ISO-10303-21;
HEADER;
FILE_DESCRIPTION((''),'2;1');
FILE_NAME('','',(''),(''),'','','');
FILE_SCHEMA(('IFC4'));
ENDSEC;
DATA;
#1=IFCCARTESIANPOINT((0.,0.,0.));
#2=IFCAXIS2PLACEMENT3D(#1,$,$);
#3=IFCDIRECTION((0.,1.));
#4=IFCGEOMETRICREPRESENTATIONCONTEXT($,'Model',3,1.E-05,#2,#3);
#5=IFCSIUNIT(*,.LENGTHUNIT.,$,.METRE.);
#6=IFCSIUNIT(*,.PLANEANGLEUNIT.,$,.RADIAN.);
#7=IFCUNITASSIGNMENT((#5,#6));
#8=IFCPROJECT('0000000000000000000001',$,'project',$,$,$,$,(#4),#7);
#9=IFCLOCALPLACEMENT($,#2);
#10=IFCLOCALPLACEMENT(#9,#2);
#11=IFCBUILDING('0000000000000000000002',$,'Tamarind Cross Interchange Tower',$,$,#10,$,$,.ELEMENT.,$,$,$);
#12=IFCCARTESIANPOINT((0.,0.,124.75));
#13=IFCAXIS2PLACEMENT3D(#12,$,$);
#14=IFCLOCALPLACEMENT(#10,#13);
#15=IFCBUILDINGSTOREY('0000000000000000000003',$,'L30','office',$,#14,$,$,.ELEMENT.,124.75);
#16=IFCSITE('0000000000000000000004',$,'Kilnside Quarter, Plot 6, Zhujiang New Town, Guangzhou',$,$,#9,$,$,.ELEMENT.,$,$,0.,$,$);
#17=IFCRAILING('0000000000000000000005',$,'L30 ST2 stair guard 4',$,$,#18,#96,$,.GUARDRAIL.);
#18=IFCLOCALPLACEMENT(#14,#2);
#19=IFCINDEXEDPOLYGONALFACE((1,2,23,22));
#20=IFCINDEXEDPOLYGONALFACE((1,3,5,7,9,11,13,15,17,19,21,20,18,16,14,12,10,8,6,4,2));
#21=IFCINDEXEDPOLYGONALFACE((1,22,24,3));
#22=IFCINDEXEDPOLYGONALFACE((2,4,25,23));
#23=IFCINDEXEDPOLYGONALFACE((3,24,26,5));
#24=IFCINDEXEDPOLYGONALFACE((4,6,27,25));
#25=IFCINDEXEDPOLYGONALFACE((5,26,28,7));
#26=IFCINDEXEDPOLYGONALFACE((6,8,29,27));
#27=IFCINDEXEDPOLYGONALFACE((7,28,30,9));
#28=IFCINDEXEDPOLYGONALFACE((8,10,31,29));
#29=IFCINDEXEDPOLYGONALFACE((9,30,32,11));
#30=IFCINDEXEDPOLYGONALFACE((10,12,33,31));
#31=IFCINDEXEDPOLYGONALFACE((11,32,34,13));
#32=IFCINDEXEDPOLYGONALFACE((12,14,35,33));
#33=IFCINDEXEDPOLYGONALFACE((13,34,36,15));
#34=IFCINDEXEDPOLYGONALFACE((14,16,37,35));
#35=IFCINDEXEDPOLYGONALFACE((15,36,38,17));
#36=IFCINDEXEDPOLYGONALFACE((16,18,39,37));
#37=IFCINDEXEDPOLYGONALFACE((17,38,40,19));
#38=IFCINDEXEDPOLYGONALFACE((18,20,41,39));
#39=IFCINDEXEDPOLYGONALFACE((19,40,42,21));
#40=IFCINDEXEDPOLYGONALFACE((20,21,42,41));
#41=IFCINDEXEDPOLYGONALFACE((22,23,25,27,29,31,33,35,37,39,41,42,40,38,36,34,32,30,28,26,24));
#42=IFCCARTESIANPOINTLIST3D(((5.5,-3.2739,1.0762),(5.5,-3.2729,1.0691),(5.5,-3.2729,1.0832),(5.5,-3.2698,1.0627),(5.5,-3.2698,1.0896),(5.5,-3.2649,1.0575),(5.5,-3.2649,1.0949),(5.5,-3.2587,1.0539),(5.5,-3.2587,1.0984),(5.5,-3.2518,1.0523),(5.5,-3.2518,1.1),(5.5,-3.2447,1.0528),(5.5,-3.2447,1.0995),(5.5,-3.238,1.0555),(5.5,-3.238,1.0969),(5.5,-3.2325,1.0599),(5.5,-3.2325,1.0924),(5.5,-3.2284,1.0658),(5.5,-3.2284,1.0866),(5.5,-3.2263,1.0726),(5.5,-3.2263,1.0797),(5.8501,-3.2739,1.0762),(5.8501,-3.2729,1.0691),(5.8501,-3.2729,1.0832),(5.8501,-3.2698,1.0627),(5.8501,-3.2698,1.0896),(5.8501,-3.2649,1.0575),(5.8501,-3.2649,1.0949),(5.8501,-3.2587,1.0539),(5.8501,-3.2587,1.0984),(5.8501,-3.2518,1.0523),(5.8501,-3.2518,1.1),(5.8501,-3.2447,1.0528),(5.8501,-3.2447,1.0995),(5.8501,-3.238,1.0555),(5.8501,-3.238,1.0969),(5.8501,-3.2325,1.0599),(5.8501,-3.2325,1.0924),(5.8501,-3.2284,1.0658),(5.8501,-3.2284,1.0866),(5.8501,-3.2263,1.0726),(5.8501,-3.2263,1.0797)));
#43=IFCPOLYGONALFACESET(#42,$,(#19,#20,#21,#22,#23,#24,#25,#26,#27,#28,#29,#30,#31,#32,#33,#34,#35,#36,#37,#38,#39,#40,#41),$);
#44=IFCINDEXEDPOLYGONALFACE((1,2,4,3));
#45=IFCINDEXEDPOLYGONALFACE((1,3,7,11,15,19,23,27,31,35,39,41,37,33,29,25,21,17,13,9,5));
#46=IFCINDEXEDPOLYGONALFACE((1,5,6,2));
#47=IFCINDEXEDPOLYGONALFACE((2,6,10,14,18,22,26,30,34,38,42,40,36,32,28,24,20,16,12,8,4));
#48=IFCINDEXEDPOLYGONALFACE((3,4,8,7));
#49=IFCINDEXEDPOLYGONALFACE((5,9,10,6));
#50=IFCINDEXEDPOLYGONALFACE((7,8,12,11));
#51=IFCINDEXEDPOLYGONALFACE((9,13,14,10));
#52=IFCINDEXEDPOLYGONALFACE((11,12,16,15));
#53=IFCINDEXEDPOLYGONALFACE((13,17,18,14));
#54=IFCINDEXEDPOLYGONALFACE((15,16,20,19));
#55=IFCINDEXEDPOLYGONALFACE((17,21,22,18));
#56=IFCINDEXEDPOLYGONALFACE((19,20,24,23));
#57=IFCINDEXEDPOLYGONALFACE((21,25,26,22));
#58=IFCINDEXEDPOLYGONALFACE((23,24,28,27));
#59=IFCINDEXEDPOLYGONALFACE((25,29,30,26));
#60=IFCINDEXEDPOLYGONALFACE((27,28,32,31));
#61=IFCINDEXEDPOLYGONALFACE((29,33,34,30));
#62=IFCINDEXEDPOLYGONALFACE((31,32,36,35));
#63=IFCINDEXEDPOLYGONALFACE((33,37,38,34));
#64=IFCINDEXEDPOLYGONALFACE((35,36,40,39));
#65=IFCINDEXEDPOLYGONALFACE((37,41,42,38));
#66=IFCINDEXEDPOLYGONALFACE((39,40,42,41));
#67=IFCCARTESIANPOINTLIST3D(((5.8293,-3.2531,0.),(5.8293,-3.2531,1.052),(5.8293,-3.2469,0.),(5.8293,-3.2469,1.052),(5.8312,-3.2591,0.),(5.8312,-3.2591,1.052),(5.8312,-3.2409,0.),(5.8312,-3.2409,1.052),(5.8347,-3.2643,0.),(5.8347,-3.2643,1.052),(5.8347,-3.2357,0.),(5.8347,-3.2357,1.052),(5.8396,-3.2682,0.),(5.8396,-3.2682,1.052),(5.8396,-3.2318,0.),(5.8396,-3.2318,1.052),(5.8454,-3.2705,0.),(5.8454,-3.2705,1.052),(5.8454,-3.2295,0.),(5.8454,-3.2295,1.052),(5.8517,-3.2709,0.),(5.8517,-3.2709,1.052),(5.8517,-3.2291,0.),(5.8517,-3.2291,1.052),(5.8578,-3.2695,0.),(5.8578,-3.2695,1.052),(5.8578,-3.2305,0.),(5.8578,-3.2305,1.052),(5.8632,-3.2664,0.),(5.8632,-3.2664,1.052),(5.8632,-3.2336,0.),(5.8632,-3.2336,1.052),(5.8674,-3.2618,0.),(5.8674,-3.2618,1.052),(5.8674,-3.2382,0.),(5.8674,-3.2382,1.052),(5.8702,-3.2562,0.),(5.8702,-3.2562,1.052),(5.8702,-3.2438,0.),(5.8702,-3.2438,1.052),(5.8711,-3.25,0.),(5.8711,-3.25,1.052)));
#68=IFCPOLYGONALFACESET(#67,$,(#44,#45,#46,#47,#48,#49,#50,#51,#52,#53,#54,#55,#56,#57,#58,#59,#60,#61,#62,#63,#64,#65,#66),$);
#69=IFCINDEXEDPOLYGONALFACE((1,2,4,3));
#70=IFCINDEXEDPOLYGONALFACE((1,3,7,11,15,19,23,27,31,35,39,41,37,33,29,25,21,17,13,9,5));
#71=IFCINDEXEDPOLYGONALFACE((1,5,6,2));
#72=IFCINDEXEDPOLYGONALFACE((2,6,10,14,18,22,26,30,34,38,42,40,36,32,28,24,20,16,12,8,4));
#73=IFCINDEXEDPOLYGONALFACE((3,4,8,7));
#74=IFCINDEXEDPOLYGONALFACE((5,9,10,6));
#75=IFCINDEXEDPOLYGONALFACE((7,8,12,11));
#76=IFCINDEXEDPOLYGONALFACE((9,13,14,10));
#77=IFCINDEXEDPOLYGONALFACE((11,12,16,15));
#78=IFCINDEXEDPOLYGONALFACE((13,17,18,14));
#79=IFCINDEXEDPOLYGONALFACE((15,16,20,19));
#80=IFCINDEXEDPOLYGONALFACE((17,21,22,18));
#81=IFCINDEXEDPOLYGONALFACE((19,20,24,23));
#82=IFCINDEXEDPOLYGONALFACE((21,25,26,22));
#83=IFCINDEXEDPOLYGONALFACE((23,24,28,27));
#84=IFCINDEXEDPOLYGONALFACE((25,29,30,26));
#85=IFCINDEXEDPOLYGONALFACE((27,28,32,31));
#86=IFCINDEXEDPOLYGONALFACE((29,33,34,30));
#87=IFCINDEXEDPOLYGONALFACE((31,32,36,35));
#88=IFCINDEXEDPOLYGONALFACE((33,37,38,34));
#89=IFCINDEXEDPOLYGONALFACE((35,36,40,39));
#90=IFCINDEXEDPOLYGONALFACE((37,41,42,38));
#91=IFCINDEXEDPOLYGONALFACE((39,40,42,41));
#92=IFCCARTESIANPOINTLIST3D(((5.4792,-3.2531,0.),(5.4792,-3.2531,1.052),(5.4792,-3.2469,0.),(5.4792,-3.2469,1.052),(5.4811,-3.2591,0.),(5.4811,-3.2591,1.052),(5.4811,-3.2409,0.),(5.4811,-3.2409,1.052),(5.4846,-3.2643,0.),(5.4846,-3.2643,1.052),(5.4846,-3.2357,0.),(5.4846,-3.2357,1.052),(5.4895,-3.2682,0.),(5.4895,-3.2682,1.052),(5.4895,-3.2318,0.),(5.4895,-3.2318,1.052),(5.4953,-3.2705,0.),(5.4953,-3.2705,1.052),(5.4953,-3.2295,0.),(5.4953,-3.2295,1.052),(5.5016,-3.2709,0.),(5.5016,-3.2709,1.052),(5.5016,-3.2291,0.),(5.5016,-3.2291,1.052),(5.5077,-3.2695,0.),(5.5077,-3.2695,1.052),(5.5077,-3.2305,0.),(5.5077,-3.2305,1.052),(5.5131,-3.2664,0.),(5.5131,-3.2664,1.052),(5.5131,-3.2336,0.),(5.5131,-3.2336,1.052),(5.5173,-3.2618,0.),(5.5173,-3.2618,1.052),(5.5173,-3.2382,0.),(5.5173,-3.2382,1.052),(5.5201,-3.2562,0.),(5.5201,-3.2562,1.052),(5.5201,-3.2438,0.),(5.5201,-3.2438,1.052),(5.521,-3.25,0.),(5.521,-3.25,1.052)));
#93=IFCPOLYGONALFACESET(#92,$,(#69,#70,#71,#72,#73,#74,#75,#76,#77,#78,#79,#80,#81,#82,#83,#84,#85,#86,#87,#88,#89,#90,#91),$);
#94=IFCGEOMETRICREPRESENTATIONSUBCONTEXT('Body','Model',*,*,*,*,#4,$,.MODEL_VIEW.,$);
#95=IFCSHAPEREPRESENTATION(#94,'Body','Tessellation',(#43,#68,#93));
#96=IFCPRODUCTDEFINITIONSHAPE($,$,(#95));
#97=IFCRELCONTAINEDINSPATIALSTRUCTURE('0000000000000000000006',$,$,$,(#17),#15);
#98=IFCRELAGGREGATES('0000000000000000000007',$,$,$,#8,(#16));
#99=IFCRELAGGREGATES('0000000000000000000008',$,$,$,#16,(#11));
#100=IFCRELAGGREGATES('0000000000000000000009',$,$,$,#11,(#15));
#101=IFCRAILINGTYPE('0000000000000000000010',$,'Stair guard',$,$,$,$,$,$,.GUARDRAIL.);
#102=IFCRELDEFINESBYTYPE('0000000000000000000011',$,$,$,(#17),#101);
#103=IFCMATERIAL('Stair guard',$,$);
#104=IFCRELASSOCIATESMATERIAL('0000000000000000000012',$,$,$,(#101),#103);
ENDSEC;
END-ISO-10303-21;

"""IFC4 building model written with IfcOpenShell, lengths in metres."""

from ifc_helpers import new_model, si_unit, direction, frame, origin, origin_2d, place, context, subcontext, project, spatial, circle, extrude, material, type_object, element, save


model = new_model("IFC4")

# Units and contexts
model_context = context("Model", 3, precision=1e-05, world=origin(), true_north=direction((0.0, 1.0)))
body_context = subcontext(model_context, "Body", "Model", "MODEL_VIEW")
ifc_project = project(units=[si_unit("LENGTHUNIT", "METRE"), si_unit("PLANEANGLEUNIT", "RADIAN")], contexts=[model_context])

# Site, building, storey
site_placement = place(None, origin())
site = spatial("IfcSite", under=ifc_project, at=site_placement, Name="Kilnside Quarter, Plot 6, Zhujiang New Town, Guangzhou", CompositionType="ELEMENT", RefElevation=0.0)
building_placement = place(site_placement, origin())
building = spatial("IfcBuilding", under=site, at=building_placement, Name="Tamarind Cross Interchange Tower", CompositionType="ELEMENT")
storey_placement = place(building_placement, frame((0.0, 0.0, 124.75)))
storey = spatial("IfcBuildingStorey", under=building, at=storey_placement, Name="L30", Description="office", CompositionType="ELEMENT", Elevation=124.75)

# Railing
ifc_material_1 = material(Name="Stair guard")
railing_type_1 = type_object("IfcRailingType", Name="Stair guard", PredefinedType="GUARDRAIL", material=ifc_material_1)
railing_1_placement = place(storey_placement, frame((5.8501, -3.25, 0.0)))
element("IfcRailing", 1, at=railing_1_placement, inside=storey, type_object=railing_type_1, Name="L30 ST2 stair guard 4", PredefinedType="GUARDRAIL", context=body_context, shape_type="SweptSolid", body=[
    extrude(circle(Radius=0.0239, at=origin_2d()), frame((0.0, 0.0, 1.0762), z_axis=(-1.0, 0.0, 0.0), x_axis=(0.0, -1.0, 0.0)), (0.0, 0.0, 1.0), 0.3501),
    extrude(circle(Radius=0.021, at=origin_2d()), origin(), (0.0, 0.0, 1.0), 1.052),
    extrude(circle(Radius=0.021, at=origin_2d()), frame((-0.3501, 0.0, 0.0)), (0.0, 0.0, 1.0), 1.052),
])

save(model, "model.ifc")
